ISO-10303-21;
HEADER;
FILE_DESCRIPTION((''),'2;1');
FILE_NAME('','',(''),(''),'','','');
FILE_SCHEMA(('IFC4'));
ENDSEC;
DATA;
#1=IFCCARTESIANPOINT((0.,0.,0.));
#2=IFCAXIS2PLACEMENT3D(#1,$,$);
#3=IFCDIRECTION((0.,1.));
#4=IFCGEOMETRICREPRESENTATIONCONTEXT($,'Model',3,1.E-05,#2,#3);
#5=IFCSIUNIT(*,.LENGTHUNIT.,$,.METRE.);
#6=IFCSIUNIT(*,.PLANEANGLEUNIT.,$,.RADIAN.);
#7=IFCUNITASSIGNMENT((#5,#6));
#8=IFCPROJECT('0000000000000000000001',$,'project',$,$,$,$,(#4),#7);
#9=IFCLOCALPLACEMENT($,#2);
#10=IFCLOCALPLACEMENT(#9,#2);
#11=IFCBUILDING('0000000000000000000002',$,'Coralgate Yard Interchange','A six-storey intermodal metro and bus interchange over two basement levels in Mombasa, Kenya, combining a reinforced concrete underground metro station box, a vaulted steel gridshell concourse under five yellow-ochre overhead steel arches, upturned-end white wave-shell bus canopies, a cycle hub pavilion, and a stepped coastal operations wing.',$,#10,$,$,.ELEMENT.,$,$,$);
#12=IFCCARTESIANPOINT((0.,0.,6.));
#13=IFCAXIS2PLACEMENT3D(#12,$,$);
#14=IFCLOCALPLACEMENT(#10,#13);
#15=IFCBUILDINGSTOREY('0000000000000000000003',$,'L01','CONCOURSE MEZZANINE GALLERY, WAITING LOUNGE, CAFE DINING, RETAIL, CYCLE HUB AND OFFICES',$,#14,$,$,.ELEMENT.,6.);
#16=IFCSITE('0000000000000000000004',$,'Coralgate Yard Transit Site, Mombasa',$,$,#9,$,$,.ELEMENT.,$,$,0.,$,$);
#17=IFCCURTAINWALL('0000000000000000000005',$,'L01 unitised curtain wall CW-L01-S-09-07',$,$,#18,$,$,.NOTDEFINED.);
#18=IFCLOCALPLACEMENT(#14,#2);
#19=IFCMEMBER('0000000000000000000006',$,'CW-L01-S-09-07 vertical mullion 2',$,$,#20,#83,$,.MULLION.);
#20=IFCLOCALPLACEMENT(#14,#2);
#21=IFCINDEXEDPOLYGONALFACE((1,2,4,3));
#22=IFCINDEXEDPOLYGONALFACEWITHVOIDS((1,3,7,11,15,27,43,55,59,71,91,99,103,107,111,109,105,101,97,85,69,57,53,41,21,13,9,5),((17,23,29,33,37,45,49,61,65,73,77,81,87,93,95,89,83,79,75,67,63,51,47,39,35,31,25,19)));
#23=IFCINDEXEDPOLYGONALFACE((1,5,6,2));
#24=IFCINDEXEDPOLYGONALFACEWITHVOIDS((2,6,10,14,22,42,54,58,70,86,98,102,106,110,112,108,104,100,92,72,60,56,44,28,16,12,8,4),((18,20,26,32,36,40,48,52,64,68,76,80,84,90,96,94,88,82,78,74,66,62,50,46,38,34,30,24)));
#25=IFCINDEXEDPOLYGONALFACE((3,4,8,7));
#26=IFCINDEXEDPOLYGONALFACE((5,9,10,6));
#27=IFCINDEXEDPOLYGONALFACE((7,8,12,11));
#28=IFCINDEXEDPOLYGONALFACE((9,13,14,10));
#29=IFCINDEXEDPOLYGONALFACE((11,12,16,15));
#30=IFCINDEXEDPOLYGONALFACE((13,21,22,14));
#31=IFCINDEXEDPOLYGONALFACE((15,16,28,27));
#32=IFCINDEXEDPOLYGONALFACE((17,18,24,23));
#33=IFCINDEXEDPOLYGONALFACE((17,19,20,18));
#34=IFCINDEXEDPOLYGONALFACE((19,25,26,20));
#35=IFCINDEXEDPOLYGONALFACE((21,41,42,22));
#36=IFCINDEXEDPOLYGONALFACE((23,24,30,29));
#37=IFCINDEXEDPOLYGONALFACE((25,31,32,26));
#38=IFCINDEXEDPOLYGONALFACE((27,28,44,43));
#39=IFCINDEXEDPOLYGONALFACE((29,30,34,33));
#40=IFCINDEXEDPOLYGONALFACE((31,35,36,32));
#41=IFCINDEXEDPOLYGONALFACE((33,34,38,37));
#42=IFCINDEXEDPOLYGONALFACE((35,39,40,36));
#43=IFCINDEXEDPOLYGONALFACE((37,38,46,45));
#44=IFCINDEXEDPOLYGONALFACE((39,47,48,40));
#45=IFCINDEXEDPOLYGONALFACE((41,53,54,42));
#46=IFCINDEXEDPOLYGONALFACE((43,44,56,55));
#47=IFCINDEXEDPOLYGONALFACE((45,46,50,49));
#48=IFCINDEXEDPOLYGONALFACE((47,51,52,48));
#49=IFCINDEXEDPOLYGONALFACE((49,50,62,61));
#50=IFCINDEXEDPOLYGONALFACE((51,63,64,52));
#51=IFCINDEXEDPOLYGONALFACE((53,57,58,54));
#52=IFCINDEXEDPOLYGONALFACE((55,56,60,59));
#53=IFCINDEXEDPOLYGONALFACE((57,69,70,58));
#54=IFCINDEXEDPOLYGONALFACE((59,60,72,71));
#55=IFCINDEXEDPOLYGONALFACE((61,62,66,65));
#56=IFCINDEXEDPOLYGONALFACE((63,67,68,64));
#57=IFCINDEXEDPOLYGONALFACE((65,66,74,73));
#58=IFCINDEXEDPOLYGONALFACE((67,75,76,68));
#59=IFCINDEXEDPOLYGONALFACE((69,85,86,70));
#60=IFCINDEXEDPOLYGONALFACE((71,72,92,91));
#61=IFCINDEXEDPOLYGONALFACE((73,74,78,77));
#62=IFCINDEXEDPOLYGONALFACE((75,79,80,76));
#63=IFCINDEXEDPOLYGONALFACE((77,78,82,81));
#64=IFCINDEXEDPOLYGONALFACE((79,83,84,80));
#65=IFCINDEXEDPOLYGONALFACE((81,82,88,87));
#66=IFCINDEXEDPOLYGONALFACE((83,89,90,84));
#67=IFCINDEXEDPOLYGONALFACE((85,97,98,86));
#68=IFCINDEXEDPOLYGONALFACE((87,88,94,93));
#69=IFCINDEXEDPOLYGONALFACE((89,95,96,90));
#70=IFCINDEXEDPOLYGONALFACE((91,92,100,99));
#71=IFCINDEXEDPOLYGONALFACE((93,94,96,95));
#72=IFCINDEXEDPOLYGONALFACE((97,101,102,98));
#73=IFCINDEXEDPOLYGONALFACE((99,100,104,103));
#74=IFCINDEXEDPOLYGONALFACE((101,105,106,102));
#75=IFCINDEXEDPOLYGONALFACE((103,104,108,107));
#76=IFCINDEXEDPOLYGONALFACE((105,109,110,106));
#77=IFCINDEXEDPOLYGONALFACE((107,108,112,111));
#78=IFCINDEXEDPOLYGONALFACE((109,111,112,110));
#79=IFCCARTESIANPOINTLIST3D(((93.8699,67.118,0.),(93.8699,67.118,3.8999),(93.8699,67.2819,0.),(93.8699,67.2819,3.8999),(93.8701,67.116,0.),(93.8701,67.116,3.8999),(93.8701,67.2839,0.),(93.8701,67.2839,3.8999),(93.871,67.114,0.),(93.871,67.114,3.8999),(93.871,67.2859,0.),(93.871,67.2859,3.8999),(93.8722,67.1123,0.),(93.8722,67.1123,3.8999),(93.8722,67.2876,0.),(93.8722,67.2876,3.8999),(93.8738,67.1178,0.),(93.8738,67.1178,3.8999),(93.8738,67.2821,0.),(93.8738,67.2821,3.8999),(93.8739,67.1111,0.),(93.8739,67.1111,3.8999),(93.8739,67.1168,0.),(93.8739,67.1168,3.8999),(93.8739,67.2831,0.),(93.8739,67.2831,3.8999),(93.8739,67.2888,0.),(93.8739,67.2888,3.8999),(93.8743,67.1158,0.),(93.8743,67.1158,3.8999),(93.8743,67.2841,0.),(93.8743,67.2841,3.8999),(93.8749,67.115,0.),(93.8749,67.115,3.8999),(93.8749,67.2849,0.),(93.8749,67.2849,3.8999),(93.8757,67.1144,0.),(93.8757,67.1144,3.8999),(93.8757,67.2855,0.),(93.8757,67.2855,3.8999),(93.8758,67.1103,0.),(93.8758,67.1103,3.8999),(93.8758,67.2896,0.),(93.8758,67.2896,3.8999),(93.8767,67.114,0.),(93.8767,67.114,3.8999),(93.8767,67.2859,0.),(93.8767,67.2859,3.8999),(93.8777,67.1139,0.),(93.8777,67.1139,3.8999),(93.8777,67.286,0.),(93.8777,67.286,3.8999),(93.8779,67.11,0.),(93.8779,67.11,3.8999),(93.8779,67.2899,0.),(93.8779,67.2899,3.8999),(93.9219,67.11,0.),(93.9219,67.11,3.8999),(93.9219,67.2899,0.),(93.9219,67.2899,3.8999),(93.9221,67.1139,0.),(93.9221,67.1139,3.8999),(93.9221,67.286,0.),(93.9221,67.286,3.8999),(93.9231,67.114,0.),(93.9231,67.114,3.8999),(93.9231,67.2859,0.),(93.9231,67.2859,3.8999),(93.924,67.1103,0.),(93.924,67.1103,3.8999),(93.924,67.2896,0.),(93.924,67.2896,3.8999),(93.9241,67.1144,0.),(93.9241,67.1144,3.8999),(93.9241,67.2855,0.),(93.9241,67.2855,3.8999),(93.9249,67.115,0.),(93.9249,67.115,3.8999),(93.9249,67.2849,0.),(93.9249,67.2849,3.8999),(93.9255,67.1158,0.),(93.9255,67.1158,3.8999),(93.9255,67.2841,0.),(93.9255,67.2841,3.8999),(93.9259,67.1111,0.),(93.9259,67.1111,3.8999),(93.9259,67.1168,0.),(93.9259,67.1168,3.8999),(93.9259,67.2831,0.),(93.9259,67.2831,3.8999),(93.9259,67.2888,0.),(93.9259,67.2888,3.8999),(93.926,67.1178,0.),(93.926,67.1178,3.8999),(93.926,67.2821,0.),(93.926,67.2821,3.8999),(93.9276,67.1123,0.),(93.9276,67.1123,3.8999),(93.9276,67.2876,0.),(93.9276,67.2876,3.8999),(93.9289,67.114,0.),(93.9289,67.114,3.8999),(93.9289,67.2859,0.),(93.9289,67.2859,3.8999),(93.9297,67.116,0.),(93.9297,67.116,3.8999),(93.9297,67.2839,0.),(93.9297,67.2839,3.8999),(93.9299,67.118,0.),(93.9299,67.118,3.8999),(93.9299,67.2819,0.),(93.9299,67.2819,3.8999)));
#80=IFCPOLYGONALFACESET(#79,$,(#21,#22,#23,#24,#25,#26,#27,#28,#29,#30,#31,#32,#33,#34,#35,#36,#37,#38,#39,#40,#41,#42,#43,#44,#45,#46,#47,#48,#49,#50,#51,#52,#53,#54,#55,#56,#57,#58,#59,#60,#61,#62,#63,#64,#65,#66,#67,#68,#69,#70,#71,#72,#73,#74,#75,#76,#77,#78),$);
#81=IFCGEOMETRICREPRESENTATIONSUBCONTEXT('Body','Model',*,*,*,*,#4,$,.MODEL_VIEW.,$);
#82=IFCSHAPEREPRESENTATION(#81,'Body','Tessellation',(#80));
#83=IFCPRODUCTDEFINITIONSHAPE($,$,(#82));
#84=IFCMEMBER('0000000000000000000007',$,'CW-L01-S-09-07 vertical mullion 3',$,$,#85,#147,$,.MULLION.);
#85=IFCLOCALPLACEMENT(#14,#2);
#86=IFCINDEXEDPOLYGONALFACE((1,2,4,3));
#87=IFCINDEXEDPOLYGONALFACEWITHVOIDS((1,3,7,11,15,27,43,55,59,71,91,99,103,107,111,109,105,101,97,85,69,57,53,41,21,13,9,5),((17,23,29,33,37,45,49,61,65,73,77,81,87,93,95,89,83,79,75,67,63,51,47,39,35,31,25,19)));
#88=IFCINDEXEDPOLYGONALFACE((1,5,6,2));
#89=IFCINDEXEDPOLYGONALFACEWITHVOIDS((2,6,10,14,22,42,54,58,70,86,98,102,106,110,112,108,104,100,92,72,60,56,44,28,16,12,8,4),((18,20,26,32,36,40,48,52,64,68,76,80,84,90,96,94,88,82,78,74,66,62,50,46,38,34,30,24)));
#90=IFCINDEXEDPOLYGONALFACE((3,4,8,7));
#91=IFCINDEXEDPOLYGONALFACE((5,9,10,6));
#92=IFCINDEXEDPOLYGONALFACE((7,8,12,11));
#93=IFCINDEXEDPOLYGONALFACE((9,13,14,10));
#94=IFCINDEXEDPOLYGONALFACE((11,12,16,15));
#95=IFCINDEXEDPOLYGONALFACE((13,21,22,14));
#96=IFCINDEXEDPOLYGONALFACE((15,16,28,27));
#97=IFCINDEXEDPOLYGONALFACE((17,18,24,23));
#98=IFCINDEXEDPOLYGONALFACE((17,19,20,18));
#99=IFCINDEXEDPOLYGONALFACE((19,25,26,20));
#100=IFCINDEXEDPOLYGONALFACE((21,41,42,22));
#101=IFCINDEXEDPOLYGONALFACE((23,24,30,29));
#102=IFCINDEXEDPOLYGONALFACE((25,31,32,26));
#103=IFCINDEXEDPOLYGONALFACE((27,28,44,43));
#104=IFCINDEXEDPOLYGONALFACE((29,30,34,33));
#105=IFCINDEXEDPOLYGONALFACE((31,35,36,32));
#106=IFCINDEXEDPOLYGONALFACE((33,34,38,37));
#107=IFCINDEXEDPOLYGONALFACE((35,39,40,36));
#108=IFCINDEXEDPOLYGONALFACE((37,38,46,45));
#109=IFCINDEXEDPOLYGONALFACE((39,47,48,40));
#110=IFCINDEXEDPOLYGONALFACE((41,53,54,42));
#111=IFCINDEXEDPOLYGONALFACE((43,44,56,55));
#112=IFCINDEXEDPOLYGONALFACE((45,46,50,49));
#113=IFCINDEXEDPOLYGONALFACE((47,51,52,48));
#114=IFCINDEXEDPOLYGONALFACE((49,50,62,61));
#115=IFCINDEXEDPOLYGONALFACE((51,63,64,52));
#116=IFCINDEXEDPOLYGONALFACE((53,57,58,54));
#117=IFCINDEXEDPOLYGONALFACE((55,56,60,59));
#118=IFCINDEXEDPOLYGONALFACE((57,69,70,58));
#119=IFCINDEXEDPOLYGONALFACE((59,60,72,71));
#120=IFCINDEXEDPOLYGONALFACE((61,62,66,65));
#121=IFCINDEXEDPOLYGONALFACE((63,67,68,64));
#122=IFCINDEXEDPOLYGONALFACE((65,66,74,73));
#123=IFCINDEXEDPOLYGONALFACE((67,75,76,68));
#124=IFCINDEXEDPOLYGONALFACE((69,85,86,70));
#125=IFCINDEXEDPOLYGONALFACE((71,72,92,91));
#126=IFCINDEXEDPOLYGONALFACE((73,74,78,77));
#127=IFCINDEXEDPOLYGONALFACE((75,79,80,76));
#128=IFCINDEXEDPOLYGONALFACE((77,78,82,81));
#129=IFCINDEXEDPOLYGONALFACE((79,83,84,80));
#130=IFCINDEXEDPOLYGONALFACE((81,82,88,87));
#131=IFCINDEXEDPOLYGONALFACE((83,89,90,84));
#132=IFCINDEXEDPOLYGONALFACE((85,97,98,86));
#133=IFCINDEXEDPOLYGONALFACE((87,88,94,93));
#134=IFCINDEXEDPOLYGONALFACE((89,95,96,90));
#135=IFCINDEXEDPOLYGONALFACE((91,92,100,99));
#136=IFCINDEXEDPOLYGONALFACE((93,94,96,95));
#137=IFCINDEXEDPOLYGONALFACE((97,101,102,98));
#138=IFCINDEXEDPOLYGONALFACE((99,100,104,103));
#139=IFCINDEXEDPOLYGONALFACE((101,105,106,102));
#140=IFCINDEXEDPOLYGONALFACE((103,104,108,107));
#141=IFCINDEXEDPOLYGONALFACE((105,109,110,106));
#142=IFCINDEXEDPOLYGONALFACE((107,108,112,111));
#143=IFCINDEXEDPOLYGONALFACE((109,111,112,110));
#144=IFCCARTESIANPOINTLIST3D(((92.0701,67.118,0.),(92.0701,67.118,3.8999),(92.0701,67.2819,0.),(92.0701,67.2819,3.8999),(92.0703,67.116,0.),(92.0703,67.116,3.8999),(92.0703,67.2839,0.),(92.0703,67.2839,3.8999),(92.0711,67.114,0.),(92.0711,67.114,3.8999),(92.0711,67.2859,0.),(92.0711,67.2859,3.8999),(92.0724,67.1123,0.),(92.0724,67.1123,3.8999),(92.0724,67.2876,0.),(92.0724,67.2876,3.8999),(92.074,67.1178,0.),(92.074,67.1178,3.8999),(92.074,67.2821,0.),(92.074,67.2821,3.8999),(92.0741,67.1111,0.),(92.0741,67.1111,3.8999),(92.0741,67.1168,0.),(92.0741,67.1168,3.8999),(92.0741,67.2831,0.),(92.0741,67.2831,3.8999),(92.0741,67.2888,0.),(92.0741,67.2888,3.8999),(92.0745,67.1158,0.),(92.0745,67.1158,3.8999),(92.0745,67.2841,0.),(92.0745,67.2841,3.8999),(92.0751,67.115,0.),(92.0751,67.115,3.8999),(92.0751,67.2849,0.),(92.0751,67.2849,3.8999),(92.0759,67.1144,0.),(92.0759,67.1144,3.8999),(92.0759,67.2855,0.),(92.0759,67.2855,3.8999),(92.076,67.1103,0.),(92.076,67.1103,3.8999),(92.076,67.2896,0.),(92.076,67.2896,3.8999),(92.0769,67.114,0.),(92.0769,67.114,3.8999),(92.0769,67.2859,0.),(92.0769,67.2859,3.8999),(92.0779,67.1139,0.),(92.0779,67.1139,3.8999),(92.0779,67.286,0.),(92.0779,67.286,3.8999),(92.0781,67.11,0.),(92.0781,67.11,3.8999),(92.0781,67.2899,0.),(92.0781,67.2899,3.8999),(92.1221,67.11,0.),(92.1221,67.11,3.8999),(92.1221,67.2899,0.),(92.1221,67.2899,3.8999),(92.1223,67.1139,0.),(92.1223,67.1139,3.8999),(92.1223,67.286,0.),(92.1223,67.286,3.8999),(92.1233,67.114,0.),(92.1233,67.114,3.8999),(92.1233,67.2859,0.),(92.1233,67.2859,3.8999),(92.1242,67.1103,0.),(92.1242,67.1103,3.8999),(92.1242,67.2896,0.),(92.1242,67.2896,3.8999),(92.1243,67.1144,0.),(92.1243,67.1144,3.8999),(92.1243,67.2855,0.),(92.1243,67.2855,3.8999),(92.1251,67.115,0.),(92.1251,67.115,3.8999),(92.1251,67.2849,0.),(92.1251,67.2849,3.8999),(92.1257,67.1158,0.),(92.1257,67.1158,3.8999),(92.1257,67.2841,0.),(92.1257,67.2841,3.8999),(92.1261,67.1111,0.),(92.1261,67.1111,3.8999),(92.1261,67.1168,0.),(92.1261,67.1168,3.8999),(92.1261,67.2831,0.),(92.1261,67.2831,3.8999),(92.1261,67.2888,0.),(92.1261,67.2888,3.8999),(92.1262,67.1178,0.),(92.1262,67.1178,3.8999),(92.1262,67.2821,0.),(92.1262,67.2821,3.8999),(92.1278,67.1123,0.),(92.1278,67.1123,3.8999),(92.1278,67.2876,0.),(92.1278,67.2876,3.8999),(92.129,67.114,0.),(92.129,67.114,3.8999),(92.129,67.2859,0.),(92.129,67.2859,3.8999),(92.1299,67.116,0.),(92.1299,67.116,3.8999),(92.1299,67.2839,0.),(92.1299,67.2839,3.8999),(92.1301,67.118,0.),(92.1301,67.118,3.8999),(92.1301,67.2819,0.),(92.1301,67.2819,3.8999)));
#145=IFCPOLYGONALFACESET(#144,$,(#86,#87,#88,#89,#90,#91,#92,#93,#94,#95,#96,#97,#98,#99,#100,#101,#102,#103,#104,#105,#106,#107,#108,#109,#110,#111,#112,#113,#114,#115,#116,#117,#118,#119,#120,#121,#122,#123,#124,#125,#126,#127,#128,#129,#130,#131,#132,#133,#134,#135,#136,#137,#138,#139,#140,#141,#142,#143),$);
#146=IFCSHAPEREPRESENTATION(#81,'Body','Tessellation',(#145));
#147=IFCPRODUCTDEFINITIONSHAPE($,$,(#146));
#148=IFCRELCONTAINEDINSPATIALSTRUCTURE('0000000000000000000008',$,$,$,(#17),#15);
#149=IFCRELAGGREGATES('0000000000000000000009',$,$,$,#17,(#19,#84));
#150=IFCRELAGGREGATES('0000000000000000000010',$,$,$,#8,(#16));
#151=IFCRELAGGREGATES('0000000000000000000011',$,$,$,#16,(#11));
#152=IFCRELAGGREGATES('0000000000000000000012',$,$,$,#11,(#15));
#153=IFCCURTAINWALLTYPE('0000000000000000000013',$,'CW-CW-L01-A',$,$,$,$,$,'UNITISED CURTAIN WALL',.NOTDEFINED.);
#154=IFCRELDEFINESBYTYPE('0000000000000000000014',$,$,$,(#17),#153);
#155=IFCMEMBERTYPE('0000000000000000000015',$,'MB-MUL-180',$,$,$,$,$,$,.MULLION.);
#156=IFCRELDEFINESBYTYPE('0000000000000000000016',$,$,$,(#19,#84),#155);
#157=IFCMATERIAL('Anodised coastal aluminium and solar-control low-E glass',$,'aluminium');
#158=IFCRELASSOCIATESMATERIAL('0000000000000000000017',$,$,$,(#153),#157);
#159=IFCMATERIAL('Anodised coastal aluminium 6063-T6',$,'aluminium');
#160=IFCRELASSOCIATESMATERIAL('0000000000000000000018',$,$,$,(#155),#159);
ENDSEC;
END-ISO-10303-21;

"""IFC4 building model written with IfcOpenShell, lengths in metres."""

from ifc_helpers import new_model, si_unit, direction, frame, origin, origin_2d, place, context, subcontext, project, spatial, hollow_rectangle, extrude, material, material_profile, profile_set, type_object, element, aggregate, save


model = new_model("IFC4")

# Units and contexts
model_context = context("Model", 3, precision=1e-05, world=origin(), true_north=direction((0.0, 1.0)))
body_context = subcontext(model_context, "Body", "Model", "MODEL_VIEW")
ifc_project = project(units=[si_unit("LENGTHUNIT", "METRE"), si_unit("PLANEANGLEUNIT", "RADIAN")], contexts=[model_context])

# Site, building, storey
site_placement = place(None, origin())
site = spatial("IfcSite", under=ifc_project, at=site_placement, Name="Coralgate Yard Transit Site, Mombasa", CompositionType="ELEMENT", RefElevation=0.0)
building_placement = place(site_placement, origin())
building = spatial("IfcBuilding", under=site, at=building_placement, Name="Coralgate Yard Interchange", Description="A six-storey intermodal metro and bus interchange over two basement levels in Mombasa, Kenya, combining a reinforced concrete underground metro station box, a vaulted steel gridshell concourse under five yellow-ochre overhead steel arches, upturned-end white wave-shell bus canopies, a cycle hub pavilion, and a stepped coastal operations wing.", CompositionType="ELEMENT")
storey_placement = place(building_placement, frame((0.0, 0.0, 6.0)))
storey = spatial("IfcBuildingStorey", under=building, at=storey_placement, Name="L01", Description="CONCOURSE MEZZANINE GALLERY, WAITING LOUNGE, CAFE DINING, RETAIL, CYCLE HUB AND OFFICES", CompositionType="ELEMENT", Elevation=6.0)

# Curtain wall, members
ifc_material_1 = material(Name="Anodised coastal aluminium and solar-control low-E glass", Category="aluminium")
curtain_wall_type = type_object("IfcCurtainWallType", Name="CW-CW-L01-A", ElementType="UNITISED CURTAIN WALL", PredefinedType="NOTDEFINED", material=ifc_material_1)
curtain_wall_placement = place(storey_placement, origin())
curtain_wall = element("IfcCurtainWall", 1, at=curtain_wall_placement, inside=storey, type_object=curtain_wall_type, Name="L01 unitised curtain wall CW-L01-S-09-07", PredefinedType="NOTDEFINED")
ifc_material_2 = material(Name="Anodised coastal aluminium 6063-T6", Category="aluminium")
ifc_material_profile_1 = material_profile(ifc_material_2, hollow_rectangle(XDim=0.0601, YDim=0.1799, WallThickness=0.0039, InnerFilletRadius=0.0039, OuterFilletRadius=0.0081, at=origin_2d()), Name="ALU 60x180x4")
ifc_profile_set_1 = profile_set([ifc_material_profile_1], Name="Anodised coastal aluminium 6063-T6")
member_type_1 = type_object("IfcMemberType", Name="MB-MUL-180", PredefinedType="MULLION", material=ifc_profile_set_1)
member_1_placement = place(storey_placement, frame((93.8999, 67.2, 0.0), z_axis=(0.0, 0.0, 1.0), x_axis=(1.0, 0.0, 0.0)))
member_1 = element("IfcMember", 2, at=member_1_placement, type_object=member_type_1, Name="CW-L01-S-09-07 vertical mullion 2", PredefinedType="MULLION", context=body_context, shape_type="SweptSolid", body=[
    extrude(hollow_rectangle(XDim=0.0601, YDim=0.1799, WallThickness=0.0039, InnerFilletRadius=0.0039, OuterFilletRadius=0.0081, at=origin_2d()), origin(), (0.0, 0.0, 1.0), 3.8999),
])
member_2_placement = place(storey_placement, frame((92.1001, 67.2, 0.0), z_axis=(0.0, 0.0, 1.0), x_axis=(1.0, 0.0, 0.0)))
member_2 = element("IfcMember", 3, at=member_2_placement, type_object=member_type_1, Name="CW-L01-S-09-07 vertical mullion 3", PredefinedType="MULLION", context=body_context, shape_type="SweptSolid", body=[
    extrude(hollow_rectangle(XDim=0.0601, YDim=0.1799, WallThickness=0.0039, InnerFilletRadius=0.0039, OuterFilletRadius=0.0081, at=origin_2d()), origin(), (0.0, 0.0, 1.0), 3.8999),
])
aggregate(curtain_wall, [member_1, member_2])

save(model, "model.ifc")
